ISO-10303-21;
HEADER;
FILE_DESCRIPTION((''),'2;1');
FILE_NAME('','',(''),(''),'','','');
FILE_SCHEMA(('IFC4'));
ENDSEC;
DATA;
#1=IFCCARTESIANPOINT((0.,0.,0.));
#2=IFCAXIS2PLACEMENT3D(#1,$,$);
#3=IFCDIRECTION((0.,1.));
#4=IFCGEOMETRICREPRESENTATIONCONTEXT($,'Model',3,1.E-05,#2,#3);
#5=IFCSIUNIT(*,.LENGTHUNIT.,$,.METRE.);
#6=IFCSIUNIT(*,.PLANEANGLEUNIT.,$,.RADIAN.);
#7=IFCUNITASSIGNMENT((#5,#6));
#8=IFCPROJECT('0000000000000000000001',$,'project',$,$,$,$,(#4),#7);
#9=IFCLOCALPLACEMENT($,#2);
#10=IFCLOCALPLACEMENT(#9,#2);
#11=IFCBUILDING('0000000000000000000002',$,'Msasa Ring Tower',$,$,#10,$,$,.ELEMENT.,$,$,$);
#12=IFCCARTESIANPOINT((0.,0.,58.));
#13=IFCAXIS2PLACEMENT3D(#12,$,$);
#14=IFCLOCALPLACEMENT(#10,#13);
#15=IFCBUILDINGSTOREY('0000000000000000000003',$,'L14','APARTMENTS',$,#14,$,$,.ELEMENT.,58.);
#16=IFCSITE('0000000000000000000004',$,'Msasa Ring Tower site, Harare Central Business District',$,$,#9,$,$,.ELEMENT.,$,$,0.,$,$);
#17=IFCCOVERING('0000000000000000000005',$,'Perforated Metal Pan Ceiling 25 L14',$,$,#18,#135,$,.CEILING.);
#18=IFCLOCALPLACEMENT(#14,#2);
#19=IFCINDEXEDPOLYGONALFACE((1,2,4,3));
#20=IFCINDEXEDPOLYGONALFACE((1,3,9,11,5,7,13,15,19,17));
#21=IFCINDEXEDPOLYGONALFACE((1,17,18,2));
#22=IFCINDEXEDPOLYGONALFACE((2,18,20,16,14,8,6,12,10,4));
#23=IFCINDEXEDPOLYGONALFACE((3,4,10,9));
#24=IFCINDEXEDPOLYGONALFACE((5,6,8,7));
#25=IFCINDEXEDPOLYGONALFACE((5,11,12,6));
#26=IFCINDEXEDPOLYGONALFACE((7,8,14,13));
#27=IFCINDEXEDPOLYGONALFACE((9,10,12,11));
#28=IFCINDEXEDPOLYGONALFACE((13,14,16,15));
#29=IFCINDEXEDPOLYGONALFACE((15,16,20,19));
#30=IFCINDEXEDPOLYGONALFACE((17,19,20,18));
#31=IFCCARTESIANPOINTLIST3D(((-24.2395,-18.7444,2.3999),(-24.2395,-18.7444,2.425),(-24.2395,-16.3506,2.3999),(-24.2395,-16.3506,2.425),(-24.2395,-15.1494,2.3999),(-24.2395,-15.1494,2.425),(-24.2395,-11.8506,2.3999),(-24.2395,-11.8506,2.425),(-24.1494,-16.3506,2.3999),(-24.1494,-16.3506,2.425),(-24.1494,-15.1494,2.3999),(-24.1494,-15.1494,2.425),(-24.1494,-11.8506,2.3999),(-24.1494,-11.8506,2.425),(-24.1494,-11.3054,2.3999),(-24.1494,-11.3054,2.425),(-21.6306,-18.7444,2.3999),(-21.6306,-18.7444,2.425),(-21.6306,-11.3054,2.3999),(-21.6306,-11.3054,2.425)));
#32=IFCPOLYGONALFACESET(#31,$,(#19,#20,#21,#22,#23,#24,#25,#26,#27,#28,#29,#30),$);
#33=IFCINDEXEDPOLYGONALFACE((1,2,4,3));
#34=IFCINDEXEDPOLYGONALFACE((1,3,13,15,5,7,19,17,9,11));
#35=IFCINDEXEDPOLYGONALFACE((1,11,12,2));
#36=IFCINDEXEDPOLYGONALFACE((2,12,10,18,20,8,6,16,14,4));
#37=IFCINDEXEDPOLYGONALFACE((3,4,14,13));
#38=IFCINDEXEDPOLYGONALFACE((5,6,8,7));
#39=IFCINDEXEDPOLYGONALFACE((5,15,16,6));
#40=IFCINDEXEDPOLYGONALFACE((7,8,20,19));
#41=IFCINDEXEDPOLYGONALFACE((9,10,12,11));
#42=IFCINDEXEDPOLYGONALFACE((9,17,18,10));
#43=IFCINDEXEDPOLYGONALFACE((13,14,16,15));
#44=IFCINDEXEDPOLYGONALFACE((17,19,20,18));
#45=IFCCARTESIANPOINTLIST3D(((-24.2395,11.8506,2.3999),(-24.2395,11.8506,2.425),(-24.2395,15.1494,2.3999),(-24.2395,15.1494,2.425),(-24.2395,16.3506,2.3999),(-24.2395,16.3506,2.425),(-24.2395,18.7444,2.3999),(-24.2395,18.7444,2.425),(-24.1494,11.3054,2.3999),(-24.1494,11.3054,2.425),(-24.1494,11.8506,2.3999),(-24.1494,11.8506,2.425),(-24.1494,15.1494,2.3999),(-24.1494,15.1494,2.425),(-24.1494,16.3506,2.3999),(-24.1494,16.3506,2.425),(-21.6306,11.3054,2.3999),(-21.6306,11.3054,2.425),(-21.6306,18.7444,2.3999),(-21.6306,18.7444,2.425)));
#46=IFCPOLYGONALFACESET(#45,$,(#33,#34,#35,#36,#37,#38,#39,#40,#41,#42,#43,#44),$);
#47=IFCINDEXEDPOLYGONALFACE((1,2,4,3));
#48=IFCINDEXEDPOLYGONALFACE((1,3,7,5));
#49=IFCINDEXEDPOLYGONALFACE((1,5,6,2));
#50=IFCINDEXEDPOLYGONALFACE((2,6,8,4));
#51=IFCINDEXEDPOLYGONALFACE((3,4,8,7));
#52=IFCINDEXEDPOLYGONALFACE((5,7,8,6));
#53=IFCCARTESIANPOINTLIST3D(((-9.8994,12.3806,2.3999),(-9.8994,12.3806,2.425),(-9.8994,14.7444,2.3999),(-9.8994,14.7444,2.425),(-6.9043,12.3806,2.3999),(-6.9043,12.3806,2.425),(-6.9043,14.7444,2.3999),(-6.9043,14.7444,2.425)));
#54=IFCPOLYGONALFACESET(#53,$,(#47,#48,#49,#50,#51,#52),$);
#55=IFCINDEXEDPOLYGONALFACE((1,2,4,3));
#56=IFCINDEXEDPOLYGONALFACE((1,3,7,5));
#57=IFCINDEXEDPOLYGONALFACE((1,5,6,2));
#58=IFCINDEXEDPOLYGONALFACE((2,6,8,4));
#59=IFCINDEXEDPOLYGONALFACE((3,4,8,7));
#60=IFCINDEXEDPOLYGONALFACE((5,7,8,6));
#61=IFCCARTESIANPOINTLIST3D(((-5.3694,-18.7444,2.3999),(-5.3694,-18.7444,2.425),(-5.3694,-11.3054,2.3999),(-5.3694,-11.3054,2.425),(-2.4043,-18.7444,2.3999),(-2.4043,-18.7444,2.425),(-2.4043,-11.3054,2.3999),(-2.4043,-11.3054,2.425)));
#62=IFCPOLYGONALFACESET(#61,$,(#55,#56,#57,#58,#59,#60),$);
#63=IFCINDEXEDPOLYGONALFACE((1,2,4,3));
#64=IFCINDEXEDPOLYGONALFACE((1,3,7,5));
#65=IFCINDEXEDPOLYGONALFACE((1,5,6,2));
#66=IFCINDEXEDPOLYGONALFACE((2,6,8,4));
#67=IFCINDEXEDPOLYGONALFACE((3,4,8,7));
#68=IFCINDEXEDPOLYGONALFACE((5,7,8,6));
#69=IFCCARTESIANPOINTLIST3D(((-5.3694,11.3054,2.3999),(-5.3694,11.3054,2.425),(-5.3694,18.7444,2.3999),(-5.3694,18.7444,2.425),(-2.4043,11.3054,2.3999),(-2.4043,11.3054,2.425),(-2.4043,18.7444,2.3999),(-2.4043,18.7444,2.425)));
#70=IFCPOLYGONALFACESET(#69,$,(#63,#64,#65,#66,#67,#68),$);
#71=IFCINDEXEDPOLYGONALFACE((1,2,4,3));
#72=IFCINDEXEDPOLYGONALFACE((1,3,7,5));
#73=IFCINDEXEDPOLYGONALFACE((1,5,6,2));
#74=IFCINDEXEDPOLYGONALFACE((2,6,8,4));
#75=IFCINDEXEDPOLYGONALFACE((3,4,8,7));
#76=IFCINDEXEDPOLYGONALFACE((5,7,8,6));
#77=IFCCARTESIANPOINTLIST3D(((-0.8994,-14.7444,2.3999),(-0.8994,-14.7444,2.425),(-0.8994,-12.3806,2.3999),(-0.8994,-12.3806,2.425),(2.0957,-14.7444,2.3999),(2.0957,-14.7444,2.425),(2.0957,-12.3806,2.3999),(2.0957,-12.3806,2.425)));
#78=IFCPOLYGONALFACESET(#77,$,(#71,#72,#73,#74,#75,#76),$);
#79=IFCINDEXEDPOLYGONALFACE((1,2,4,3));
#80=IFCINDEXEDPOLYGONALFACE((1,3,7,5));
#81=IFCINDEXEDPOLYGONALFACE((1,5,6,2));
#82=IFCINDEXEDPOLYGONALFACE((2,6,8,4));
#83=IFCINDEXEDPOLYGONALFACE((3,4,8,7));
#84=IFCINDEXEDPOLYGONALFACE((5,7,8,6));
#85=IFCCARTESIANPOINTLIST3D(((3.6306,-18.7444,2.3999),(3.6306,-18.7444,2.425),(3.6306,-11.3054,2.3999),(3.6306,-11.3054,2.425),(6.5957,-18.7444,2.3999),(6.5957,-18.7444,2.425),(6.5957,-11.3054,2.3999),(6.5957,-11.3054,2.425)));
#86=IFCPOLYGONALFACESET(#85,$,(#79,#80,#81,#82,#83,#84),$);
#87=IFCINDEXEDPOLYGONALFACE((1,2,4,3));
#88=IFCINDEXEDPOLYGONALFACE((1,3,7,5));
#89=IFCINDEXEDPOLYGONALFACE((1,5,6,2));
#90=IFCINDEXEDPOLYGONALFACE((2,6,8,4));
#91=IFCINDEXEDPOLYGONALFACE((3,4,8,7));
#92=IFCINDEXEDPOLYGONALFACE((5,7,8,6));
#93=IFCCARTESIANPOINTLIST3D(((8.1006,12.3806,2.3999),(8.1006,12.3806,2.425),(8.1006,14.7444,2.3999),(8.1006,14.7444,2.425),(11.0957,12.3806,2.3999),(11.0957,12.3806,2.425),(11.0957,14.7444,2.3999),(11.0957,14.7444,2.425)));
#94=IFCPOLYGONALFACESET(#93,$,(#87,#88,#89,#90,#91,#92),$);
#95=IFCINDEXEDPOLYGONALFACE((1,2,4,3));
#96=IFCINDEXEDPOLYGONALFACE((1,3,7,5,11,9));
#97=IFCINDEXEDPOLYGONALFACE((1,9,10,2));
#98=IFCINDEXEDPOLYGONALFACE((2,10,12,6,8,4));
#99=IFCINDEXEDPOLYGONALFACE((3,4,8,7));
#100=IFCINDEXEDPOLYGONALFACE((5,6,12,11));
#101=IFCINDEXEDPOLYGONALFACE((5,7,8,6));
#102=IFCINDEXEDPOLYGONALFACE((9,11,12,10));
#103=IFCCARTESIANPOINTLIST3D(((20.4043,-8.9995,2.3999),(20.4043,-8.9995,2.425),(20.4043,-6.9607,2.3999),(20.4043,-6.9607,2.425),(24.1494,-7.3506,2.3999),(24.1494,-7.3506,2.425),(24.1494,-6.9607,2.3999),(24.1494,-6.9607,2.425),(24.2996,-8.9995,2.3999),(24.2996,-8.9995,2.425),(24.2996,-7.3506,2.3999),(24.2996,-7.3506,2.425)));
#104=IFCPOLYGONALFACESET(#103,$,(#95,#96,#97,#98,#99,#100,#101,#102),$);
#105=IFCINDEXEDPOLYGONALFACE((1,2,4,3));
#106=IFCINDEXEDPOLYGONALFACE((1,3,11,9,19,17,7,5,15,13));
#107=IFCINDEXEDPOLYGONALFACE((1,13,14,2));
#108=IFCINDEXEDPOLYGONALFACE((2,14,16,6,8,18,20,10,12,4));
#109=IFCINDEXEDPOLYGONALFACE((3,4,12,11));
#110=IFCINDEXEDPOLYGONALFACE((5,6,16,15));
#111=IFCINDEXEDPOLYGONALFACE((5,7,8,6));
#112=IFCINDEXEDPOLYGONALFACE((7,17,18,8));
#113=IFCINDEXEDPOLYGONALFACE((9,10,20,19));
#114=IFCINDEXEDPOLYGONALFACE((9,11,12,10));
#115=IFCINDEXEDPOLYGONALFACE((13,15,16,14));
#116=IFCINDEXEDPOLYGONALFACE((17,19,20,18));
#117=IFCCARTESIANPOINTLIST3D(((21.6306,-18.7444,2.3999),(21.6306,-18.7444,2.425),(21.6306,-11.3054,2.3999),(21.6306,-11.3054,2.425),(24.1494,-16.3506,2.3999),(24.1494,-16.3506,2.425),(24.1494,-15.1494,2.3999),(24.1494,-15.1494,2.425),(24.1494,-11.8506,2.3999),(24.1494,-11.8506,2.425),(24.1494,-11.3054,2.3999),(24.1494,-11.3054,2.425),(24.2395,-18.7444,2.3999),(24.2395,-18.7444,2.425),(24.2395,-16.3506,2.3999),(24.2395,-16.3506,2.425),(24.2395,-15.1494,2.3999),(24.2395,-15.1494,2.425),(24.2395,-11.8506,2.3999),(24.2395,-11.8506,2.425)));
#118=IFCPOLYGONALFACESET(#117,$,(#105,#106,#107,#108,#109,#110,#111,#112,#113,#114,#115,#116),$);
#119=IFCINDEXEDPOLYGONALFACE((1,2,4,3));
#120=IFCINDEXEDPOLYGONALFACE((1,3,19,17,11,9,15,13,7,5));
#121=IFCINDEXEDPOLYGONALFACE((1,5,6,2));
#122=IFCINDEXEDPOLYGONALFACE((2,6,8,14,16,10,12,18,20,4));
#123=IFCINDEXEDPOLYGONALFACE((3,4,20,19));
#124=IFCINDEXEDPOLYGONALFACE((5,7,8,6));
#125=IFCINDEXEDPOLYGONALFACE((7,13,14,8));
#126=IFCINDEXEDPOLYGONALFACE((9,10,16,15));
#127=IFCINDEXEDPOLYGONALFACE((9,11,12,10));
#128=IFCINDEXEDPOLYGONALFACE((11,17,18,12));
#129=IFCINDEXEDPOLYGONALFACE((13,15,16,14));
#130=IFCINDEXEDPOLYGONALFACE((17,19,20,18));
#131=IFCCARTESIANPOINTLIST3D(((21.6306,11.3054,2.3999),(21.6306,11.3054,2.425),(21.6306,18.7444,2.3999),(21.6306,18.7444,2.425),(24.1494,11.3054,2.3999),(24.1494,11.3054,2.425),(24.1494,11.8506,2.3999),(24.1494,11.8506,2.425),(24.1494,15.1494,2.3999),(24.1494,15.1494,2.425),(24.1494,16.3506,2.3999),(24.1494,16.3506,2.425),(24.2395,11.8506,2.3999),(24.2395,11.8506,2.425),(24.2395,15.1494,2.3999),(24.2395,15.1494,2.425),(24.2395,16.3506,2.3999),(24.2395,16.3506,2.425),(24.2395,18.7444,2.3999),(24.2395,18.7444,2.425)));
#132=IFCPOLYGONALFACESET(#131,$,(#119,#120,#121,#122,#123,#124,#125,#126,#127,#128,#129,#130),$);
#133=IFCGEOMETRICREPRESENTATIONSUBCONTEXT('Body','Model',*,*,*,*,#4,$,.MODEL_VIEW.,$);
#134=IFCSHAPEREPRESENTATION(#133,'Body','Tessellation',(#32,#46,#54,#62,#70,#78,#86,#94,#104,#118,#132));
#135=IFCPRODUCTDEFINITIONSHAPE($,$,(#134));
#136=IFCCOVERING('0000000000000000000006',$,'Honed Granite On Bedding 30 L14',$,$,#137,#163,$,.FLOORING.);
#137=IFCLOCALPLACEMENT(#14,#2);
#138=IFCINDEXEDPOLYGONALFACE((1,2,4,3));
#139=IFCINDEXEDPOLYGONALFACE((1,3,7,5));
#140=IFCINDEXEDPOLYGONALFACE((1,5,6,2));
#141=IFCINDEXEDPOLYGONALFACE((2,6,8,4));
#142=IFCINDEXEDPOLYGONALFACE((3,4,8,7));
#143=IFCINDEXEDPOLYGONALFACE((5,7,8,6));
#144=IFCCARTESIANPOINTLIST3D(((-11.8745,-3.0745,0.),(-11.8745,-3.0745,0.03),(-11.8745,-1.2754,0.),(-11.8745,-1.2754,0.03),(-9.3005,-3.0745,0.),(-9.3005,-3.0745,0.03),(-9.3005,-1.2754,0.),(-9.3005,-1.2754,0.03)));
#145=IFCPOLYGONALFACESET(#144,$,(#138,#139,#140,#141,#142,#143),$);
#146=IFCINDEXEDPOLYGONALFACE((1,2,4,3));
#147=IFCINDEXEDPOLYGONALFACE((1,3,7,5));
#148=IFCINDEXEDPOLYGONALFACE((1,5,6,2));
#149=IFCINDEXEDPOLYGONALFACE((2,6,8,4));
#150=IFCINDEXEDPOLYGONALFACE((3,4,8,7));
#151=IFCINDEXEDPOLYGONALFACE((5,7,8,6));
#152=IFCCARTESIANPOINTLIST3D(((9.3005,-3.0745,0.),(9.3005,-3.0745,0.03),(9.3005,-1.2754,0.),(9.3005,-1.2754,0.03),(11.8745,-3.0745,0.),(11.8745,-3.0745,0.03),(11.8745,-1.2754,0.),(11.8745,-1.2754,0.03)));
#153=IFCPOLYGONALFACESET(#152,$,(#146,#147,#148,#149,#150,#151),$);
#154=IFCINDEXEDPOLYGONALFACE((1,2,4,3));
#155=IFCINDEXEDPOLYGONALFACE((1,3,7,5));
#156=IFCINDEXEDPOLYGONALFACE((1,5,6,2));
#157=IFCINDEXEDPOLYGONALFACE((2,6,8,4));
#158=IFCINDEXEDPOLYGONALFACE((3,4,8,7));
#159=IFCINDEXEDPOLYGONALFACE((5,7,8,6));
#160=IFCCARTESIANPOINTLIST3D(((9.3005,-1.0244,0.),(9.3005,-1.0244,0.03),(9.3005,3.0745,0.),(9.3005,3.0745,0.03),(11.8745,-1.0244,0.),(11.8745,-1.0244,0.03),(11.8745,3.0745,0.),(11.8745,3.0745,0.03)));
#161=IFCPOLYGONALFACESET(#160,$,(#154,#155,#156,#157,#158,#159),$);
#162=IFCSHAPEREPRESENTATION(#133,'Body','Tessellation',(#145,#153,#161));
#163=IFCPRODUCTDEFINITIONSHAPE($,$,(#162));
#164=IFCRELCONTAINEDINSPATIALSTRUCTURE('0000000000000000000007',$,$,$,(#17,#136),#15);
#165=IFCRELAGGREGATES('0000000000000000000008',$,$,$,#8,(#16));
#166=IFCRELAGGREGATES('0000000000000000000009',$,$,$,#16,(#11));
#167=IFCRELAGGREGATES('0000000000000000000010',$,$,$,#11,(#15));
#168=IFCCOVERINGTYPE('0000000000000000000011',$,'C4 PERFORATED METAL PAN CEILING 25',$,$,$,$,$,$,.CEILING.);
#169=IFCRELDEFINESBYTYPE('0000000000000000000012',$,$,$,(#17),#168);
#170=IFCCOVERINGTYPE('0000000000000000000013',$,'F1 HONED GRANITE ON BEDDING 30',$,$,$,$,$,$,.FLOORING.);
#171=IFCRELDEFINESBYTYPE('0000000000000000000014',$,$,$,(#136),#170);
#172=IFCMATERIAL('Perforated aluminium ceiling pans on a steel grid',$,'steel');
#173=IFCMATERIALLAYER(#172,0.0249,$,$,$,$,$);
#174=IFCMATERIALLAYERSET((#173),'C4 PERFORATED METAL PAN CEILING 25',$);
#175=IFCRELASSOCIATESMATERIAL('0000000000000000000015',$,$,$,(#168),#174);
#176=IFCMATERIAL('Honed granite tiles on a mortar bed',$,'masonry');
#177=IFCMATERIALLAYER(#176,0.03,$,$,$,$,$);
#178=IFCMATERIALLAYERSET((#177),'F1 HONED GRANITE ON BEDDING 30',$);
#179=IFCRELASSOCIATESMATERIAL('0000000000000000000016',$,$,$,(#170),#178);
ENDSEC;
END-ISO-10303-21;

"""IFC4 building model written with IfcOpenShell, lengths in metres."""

from ifc_helpers import new_model, si_unit, direction, frame, origin, place, context, subcontext, project, spatial, line, indexed_curve, outline, extrude, material, layer, layer_set, type_object, element, save


model = new_model("IFC4")

# Units and contexts
model_context = context("Model", 3, precision=1e-05, world=origin(), true_north=direction((0.0, 1.0)))
body_context = subcontext(model_context, "Body", "Model", "MODEL_VIEW")
ifc_project = project(units=[si_unit("LENGTHUNIT", "METRE"), si_unit("PLANEANGLEUNIT", "RADIAN")], contexts=[model_context])

# Site, building, storey
site_placement = place(None, origin())
site = spatial("IfcSite", under=ifc_project, at=site_placement, Name="Msasa Ring Tower site, Harare Central Business District", CompositionType="ELEMENT", RefElevation=0.0)
building_placement = place(site_placement, origin())
building = spatial("IfcBuilding", under=site, at=building_placement, Name="Msasa Ring Tower", CompositionType="ELEMENT")
storey_placement = place(building_placement, frame((0.0, 0.0, 58.0)))
storey = spatial("IfcBuildingStorey", under=building, at=storey_placement, Name="L14", Description="APARTMENTS", CompositionType="ELEMENT", Elevation=58.0)

# Coverings
ifc_material_1 = material(Name="Perforated aluminium ceiling pans on a steel grid", Category="steel")
ifc_layer_1 = layer(ifc_material_1, 0.0249)
ifc_layer_set_1 = layer_set([ifc_layer_1], Name="C4 PERFORATED METAL PAN CEILING 25")
covering_type_1 = type_object("IfcCoveringType", Name="C4 PERFORATED METAL PAN CEILING 25", PredefinedType="CEILING", material=ifc_layer_set_1)
covering_1_placement = place(storey_placement, frame((0.0, 0.0, 2.3999)))
element("IfcCovering", 1, at=covering_1_placement, inside=storey, type_object=covering_type_1, Name="Perforated Metal Pan Ceiling 25 L14", PredefinedType="CEILING", context=body_context, shape_type="SweptSolid", body=[
    extrude(outline(indexed_curve([(-24.2395, -18.7444), (-24.2395, -16.3506), (-24.1494, -16.3506), (-24.1494, -15.1494), (-24.2395, -15.1494), (-24.2395, -11.8506), (-24.1494, -11.8506), (-24.1494, -11.3054), (-21.6306, -11.3054), (-21.6306, -18.7444)], segments=[line(1, 2, 3, 4, 5, 6, 7, 8, 9, 10, 1)], self_intersect=False)), origin(), (0.0, 0.0, 1.0), 0.0251),
    extrude(outline(indexed_curve([(-24.2395, 15.1494), (-24.1494, 15.1494), (-24.1494, 16.3506), (-24.2395, 16.3506), (-24.2395, 18.7444), (-21.6306, 18.7444), (-21.6306, 11.3054), (-24.1494, 11.3054), (-24.1494, 11.8506), (-24.2395, 11.8506)], segments=[line(1, 2, 3, 4, 5, 6, 7, 8, 9, 10, 1)], self_intersect=False)), origin(), (0.0, 0.0, 1.0), 0.0251),
    extrude(outline(indexed_curve([(-9.8994, 14.7444), (-6.9043, 14.7444), (-6.9043, 12.3806), (-9.8994, 12.3806)], segments=[line(1, 2, 3, 4, 1)], self_intersect=False)), origin(), (0.0, 0.0, 1.0), 0.0251),
    extrude(outline(indexed_curve([(-5.3694, -18.7444), (-5.3694, -11.3054), (-2.4043, -11.3054), (-2.4043, -18.7444)], segments=[line(1, 2, 3, 4, 1)], self_intersect=False)), origin(), (0.0, 0.0, 1.0), 0.0251),
    extrude(outline(indexed_curve([(-5.3694, 11.3054), (-5.3694, 18.7444), (-2.4043, 18.7444), (-2.4043, 11.3054)], segments=[line(1, 2, 3, 4, 1)], self_intersect=False)), origin(), (0.0, 0.0, 1.0), 0.0251),
    extrude(outline(indexed_curve([(-0.8994, -14.7444), (-0.8994, -12.3806), (2.0957, -12.3806), (2.0957, -14.7444)], segments=[line(1, 2, 3, 4, 1)], self_intersect=False)), origin(), (0.0, 0.0, 1.0), 0.0251),
    extrude(outline(indexed_curve([(3.6306, -11.3054), (6.5957, -11.3054), (6.5957, -18.7444), (3.6306, -18.7444)], segments=[line(1, 2, 3, 4, 1)], self_intersect=False)), origin(), (0.0, 0.0, 1.0), 0.0251),
    extrude(outline(indexed_curve([(8.1006, 14.7444), (11.0957, 14.7444), (11.0957, 12.3806), (8.1006, 12.3806)], segments=[line(1, 2, 3, 4, 1)], self_intersect=False)), origin(), (0.0, 0.0, 1.0), 0.0251),
    extrude(outline(indexed_curve([(24.2996, -8.9995), (20.4043, -8.9995), (20.4043, -6.9607), (24.1494, -6.9607), (24.1494, -7.3506), (24.2996, -7.3506)], segments=[line(1, 2, 3, 4, 5, 6, 1)], self_intersect=False)), origin(), (0.0, 0.0, 1.0), 0.0251),
    extrude(outline(indexed_curve([(21.6306, -11.3054), (24.1494, -11.3054), (24.1494, -11.8506), (24.2395, -11.8506), (24.2395, -15.1494), (24.1494, -15.1494), (24.1494, -16.3506), (24.2395, -16.3506), (24.2395, -18.7444), (21.6306, -18.7444)], segments=[line(1, 2, 3, 4, 5, 6, 7, 8, 9, 10, 1)], self_intersect=False)), origin(), (0.0, 0.0, 1.0), 0.0251),
    extrude(outline(indexed_curve([(21.6306, 18.7444), (24.2395, 18.7444), (24.2395, 16.3506), (24.1494, 16.3506), (24.1494, 15.1494), (24.2395, 15.1494), (24.2395, 11.8506), (24.1494, 11.8506), (24.1494, 11.3054), (21.6306, 11.3054)], segments=[line(1, 2, 3, 4, 5, 6, 7, 8, 9, 10, 1)], self_intersect=False)), origin(), (0.0, 0.0, 1.0), 0.0251),
])
ifc_material_2 = material(Name="Honed granite tiles on a mortar bed", Category="masonry")
ifc_layer_2 = layer(ifc_material_2, 0.03)
ifc_layer_set_2 = layer_set([ifc_layer_2], Name="F1 HONED GRANITE ON BEDDING 30")
covering_type_2 = type_object("IfcCoveringType", Name="F1 HONED GRANITE ON BEDDING 30", PredefinedType="FLOORING", material=ifc_layer_set_2)
covering_2_placement = place(storey_placement, origin())
element("IfcCovering", 2, at=covering_2_placement, inside=storey, type_object=covering_type_2, Name="Honed Granite On Bedding 30 L14", PredefinedType="FLOORING", context=body_context, shape_type="SweptSolid", body=[
    extrude(outline(indexed_curve([(-9.3005, -3.0745), (-11.8745, -3.0745), (-11.8745, -1.2754), (-9.3005, -1.2754)], segments=[line(1, 2, 3, 4, 1)], self_intersect=False)), origin(), (0.0, 0.0, 1.0), 0.03),
    extrude(outline(indexed_curve([(9.3005, -3.0745), (9.3005, -1.2754), (11.8745, -1.2754), (11.8745, -3.0745)], segments=[line(1, 2, 3, 4, 1)], self_intersect=False)), origin(), (0.0, 0.0, 1.0), 0.03),
    extrude(outline(indexed_curve([(9.3005, -1.0244), (9.3005, 3.0745), (11.8745, 3.0745), (11.8745, -1.0244)], segments=[line(1, 2, 3, 4, 1)], self_intersect=False)), origin(), (0.0, 0.0, 1.0), 0.03),
])

save(model, "model.ifc")
